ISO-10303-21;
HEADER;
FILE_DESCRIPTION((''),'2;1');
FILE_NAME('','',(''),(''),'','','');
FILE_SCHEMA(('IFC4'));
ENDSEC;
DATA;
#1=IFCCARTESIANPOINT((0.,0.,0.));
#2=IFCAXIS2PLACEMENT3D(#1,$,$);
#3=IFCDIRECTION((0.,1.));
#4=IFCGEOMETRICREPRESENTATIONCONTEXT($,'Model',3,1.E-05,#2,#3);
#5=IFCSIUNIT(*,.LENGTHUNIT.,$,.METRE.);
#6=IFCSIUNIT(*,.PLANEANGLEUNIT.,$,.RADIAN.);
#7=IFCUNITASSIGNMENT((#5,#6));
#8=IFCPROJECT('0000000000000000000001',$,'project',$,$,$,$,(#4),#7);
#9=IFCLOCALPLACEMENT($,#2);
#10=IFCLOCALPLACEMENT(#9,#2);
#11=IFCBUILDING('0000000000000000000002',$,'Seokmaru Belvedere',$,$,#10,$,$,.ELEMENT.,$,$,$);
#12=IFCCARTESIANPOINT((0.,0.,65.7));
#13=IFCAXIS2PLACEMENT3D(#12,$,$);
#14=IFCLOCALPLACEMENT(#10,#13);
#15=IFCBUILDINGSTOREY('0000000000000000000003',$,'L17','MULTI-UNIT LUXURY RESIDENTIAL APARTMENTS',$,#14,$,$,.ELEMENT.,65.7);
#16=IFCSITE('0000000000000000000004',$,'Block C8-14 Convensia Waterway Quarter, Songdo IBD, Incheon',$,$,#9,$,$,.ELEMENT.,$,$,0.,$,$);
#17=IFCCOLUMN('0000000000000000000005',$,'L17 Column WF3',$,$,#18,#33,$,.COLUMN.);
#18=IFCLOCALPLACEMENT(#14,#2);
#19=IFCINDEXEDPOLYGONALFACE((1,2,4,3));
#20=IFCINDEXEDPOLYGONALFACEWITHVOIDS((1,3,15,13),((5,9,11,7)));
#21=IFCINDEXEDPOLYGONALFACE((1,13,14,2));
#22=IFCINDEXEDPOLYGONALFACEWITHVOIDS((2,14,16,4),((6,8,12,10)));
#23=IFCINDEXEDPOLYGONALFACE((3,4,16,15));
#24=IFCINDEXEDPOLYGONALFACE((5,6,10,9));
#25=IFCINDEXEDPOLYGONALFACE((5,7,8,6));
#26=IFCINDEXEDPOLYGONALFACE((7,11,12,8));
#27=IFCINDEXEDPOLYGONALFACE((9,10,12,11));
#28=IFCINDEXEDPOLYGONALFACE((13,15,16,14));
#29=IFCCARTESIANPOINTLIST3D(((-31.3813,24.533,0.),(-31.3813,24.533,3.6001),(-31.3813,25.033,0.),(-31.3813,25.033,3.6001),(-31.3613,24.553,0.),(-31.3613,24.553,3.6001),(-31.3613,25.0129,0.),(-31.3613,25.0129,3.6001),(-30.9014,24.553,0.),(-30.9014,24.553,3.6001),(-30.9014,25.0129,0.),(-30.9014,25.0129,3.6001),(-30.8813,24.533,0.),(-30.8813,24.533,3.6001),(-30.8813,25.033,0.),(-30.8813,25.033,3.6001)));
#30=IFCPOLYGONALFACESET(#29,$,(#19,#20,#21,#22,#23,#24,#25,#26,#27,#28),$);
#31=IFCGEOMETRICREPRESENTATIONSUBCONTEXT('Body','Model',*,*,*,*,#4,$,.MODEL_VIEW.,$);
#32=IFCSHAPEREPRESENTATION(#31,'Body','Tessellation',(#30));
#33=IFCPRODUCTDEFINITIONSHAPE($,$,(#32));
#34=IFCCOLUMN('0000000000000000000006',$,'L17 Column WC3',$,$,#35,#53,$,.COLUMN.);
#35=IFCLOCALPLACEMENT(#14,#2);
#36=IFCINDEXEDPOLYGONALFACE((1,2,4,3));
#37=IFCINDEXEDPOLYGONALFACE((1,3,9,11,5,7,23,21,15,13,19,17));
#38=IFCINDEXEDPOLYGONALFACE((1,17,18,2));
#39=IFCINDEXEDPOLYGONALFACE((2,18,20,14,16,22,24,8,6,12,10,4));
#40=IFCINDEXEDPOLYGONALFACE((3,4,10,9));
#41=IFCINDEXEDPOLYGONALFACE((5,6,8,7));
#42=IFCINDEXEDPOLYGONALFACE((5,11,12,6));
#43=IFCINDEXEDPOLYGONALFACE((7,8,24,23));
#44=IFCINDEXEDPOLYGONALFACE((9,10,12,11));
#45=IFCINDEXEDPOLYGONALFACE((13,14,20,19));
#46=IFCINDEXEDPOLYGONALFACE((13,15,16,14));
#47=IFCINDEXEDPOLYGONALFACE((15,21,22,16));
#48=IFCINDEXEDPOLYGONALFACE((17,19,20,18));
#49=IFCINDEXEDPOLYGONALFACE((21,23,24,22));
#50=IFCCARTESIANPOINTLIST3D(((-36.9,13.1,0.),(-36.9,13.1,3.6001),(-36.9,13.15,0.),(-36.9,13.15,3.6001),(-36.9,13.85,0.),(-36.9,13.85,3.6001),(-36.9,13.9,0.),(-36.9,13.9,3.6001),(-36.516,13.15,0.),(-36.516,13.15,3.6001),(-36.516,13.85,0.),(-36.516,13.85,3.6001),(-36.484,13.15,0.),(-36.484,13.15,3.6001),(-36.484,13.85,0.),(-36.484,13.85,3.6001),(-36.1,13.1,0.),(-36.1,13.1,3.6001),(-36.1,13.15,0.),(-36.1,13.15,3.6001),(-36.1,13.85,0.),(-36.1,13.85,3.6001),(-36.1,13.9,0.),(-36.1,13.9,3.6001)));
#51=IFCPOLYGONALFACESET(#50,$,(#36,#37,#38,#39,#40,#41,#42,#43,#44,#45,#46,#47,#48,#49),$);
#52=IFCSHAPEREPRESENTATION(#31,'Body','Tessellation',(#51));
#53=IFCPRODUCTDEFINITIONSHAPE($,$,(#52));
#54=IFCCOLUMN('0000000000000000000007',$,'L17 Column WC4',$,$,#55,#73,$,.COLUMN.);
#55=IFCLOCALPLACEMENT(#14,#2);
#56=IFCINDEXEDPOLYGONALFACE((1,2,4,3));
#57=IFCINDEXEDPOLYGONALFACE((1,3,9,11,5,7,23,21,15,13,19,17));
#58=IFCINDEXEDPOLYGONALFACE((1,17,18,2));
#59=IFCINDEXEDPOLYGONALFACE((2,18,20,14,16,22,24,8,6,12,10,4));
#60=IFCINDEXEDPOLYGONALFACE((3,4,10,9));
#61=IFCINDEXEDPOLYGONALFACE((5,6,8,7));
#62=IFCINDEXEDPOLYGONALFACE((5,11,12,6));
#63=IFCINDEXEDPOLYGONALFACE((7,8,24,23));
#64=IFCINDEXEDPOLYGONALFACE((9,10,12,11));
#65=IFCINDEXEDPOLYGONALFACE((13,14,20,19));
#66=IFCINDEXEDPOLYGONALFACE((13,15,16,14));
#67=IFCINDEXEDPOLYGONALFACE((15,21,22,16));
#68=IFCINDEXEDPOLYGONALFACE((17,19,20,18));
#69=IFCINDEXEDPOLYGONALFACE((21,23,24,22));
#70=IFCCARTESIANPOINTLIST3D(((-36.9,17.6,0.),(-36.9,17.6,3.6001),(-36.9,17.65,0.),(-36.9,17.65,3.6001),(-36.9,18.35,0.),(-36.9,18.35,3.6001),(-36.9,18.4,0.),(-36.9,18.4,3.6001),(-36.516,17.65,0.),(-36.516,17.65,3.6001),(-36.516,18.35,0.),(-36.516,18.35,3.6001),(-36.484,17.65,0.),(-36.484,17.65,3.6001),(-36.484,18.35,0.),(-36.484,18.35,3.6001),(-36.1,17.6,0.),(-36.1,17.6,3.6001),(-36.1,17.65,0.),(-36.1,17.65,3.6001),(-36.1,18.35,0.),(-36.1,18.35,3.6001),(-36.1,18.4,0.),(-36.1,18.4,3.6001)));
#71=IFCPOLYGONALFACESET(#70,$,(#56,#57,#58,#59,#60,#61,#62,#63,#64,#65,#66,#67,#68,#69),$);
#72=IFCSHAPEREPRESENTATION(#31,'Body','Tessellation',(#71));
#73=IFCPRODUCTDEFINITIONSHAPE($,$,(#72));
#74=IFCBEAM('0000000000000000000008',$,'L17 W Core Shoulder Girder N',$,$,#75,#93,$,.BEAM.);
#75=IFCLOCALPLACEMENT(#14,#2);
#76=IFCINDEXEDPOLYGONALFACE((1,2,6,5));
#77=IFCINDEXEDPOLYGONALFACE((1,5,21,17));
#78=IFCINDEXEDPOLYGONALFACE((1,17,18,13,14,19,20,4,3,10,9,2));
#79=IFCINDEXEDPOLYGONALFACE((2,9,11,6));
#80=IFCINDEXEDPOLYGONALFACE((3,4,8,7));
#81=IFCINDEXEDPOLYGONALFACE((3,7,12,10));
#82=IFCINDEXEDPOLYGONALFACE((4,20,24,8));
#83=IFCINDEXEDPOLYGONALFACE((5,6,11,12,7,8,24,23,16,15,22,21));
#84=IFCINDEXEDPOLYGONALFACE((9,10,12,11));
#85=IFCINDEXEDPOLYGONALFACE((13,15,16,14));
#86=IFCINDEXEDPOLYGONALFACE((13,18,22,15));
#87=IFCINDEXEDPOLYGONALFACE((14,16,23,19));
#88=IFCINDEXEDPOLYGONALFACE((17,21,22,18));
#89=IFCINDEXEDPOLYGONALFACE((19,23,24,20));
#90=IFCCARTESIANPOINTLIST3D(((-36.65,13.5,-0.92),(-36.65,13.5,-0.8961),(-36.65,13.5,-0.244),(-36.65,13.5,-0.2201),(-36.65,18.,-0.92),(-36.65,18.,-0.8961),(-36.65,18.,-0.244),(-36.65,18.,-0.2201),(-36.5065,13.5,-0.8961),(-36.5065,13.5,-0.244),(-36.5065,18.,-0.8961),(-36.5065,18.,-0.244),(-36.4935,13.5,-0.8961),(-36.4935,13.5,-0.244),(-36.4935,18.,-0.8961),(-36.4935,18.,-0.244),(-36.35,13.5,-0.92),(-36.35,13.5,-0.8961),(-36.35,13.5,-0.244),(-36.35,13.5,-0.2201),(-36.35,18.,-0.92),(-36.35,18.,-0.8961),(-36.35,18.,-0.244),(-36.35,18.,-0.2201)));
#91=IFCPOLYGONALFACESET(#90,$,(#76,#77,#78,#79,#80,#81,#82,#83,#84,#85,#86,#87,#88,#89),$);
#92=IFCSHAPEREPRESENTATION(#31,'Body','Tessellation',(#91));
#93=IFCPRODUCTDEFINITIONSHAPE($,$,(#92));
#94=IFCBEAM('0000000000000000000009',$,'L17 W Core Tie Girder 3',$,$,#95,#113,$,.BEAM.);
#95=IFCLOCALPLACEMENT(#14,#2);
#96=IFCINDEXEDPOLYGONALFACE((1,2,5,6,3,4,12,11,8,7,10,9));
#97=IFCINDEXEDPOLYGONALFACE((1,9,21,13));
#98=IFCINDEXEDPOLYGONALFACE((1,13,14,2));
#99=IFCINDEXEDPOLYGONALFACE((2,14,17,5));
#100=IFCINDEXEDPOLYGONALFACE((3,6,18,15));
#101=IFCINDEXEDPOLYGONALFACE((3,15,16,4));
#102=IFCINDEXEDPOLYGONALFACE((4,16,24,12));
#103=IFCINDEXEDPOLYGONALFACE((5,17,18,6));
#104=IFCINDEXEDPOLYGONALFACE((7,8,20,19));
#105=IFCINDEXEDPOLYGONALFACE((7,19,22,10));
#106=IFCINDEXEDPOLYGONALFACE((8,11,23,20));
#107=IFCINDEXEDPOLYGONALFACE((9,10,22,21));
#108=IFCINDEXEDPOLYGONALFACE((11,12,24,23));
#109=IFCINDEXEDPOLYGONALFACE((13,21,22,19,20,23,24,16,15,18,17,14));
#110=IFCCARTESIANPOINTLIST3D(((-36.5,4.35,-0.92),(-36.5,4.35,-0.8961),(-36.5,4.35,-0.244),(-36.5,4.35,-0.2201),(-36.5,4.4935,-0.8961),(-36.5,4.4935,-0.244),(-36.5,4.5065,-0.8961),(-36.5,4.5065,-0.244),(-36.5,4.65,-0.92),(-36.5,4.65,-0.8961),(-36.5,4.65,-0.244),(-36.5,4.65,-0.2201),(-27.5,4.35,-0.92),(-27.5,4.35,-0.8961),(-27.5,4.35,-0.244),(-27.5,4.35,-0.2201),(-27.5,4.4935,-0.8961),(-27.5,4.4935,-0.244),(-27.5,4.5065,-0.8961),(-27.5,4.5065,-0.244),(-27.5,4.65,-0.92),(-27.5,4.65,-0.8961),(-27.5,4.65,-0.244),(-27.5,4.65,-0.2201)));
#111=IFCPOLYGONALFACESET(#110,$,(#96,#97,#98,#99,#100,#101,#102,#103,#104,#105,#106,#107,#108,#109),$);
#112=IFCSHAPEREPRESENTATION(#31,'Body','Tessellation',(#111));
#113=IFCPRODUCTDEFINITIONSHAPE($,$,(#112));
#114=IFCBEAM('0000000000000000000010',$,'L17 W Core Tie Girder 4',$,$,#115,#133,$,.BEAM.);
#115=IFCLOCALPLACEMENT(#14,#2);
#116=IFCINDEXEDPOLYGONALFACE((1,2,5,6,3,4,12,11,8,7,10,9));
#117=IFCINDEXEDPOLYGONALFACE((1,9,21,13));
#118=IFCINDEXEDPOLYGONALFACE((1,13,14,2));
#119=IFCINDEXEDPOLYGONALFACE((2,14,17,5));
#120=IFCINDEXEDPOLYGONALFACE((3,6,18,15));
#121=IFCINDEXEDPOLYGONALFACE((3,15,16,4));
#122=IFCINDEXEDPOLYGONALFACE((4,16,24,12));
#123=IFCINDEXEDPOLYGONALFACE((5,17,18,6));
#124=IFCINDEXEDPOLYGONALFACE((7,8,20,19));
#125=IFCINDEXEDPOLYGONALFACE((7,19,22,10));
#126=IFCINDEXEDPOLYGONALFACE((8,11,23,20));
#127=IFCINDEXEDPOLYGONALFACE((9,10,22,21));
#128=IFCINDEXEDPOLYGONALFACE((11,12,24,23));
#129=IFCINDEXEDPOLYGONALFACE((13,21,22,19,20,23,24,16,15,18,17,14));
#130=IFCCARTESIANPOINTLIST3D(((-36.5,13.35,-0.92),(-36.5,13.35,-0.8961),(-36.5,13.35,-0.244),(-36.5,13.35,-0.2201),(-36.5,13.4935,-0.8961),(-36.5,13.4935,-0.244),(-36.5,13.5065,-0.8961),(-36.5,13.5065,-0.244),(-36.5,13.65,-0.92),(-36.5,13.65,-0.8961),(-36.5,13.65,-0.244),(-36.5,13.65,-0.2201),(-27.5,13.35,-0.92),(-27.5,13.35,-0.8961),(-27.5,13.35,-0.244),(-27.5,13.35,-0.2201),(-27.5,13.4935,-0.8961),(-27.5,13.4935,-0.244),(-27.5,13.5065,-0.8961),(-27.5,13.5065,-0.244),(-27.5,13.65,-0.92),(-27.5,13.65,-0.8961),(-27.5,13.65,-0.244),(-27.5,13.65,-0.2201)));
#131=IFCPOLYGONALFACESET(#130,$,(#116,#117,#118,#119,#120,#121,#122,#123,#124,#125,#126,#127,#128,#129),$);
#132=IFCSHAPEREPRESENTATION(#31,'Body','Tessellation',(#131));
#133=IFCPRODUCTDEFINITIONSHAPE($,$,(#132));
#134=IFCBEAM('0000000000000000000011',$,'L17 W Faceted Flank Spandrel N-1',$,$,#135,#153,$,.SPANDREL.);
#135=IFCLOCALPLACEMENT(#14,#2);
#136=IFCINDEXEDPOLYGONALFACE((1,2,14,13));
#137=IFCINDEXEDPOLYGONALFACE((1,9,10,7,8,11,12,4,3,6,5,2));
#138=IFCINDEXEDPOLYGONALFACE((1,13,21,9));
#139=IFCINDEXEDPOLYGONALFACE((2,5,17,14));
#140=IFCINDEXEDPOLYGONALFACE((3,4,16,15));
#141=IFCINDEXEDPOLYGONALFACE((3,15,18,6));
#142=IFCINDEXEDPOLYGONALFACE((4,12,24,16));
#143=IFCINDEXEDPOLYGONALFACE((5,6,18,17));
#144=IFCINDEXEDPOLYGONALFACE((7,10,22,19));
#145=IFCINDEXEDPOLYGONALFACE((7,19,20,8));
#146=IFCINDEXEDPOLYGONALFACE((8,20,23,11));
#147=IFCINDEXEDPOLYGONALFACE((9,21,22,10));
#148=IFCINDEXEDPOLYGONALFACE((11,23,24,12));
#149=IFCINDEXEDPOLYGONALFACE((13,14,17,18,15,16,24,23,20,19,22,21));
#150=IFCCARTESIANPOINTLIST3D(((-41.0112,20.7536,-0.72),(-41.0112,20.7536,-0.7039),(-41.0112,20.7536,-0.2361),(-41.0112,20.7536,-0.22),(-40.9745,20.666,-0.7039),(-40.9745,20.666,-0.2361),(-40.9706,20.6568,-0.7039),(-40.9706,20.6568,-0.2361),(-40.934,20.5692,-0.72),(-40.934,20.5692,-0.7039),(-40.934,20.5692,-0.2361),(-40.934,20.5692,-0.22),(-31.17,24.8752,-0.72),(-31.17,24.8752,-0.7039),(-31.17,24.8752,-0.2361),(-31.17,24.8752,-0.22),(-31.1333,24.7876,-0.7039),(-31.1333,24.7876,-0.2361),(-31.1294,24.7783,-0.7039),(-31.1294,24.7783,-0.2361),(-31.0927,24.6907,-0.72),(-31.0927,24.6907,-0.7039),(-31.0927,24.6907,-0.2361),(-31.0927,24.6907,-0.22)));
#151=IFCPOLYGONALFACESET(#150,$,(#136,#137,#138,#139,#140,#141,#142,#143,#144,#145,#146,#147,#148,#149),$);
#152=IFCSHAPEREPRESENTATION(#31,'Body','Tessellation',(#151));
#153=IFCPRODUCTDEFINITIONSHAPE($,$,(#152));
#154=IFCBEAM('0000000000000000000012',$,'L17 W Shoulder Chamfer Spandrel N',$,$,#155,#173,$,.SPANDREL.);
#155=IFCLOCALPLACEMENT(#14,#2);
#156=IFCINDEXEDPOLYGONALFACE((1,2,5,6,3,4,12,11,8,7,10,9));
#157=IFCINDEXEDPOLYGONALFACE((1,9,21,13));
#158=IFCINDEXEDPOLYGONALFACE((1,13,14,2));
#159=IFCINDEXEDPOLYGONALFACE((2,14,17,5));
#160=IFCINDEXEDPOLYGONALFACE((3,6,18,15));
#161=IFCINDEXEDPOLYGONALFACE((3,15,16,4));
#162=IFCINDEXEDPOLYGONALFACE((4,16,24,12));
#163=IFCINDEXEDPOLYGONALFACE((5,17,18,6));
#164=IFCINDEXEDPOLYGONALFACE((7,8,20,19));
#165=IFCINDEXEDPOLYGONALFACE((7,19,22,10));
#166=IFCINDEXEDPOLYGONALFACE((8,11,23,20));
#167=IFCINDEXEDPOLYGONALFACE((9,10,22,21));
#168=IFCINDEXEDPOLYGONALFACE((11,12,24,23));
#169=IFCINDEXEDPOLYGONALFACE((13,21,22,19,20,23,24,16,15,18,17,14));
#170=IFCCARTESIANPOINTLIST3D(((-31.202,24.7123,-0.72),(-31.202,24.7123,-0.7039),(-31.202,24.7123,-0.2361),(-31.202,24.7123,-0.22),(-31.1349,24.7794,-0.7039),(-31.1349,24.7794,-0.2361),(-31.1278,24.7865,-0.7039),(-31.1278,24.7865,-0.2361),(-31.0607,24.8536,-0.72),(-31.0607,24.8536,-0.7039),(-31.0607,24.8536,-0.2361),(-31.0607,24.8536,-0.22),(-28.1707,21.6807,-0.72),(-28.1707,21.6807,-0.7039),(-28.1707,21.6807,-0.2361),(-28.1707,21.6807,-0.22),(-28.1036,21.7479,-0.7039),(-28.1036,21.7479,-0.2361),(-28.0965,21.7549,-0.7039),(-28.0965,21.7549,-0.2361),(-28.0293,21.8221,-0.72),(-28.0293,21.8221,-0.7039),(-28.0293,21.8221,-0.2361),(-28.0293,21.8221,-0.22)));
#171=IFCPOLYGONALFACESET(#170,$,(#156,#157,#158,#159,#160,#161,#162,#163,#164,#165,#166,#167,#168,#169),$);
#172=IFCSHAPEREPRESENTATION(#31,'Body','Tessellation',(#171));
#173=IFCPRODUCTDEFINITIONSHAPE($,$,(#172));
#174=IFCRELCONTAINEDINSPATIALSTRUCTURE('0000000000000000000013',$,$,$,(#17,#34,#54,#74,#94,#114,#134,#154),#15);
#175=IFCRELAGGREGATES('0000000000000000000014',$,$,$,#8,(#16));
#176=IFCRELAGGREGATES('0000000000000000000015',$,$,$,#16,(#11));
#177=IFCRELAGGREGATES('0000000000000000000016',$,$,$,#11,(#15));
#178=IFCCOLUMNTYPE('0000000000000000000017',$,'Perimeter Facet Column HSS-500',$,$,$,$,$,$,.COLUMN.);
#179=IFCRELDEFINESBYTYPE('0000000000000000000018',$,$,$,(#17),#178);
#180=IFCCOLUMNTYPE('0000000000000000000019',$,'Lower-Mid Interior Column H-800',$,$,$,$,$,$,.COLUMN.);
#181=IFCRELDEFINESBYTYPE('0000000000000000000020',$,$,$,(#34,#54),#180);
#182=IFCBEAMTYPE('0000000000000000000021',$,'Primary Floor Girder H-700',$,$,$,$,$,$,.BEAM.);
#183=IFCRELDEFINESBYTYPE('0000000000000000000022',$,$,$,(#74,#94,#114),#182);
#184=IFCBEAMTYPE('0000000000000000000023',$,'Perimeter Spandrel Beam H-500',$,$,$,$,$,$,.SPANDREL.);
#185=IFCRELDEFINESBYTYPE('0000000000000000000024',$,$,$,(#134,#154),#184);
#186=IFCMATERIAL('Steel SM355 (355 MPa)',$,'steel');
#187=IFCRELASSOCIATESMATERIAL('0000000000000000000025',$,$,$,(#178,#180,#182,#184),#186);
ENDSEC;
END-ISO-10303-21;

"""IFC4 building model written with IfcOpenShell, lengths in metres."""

from ifc_helpers import new_model, si_unit, direction, frame, origin, origin_2d, place, context, subcontext, project, spatial, hollow_rectangle, i_section, extrude, source, transform, mapped, material, material_profile, profile_set, type_object, type_shapes, element, save


model = new_model("IFC4")

# Units and contexts
model_context = context("Model", 3, precision=1e-05, world=origin(), true_north=direction((0.0, 1.0)))
body_context = subcontext(model_context, "Body", "Model", "MODEL_VIEW")
ifc_project = project(units=[si_unit("LENGTHUNIT", "METRE"), si_unit("PLANEANGLEUNIT", "RADIAN")], contexts=[model_context])

# Site, building, storey
site_placement = place(None, origin())
site = spatial("IfcSite", under=ifc_project, at=site_placement, Name="Block C8-14 Convensia Waterway Quarter, Songdo IBD, Incheon", CompositionType="ELEMENT", RefElevation=0.0)
building_placement = place(site_placement, origin())
building = spatial("IfcBuilding", under=site, at=building_placement, Name="Seokmaru Belvedere", CompositionType="ELEMENT")
storey_placement = place(building_placement, frame((0.0, 0.0, 65.7)))
storey = spatial("IfcBuildingStorey", under=building, at=storey_placement, Name="L17", Description="MULTI-UNIT LUXURY RESIDENTIAL APARTMENTS", CompositionType="ELEMENT", Elevation=65.7)

# Columns
ifc_material_1 = material(Name="Steel SM355 (355 MPa)", Category="steel")
ifc_material_profile_1 = material_profile(ifc_material_1, hollow_rectangle(XDim=0.5, YDim=0.5, WallThickness=0.02, at=origin_2d()), Name="HSS-500x500x20")
ifc_profile_set_1 = profile_set([ifc_material_profile_1], Name="Steel SM355 (355 MPa)")
column_type_1 = type_object("IfcColumnType", Name="Perimeter Facet Column HSS-500", PredefinedType="COLUMN", material=ifc_profile_set_1)
shared_shape_1 = source(origin(), body_context, "Body", "SweptSolid", [
    extrude(hollow_rectangle(XDim=0.5, YDim=0.5, WallThickness=0.02, at=origin_2d()), origin(), (0.0, 0.0, 1.0), 3.6001),
])
type_shapes(column_type_1, [shared_shape_1])
column_placement = place(storey_placement, frame((-31.1313, 24.783, 0.0), z_axis=(0.0, 0.0, 1.0), x_axis=(1.0, 0.0, 0.0)))
element("IfcColumn", 1, at=column_placement, inside=storey, type_object=column_type_1, Name="L17 Column WF3", PredefinedType="COLUMN", context=body_context, shape_type="MappedRepresentation", body=[
    mapped(shared_shape_1, transform((0.0, 0.0, 0.0), scale=1.0)),
])
ifc_material_profile_2 = material_profile(ifc_material_1, i_section(OverallWidth=0.8, OverallDepth=0.8, WebThickness=0.032, FlangeThickness=0.05, at=origin_2d()), Name="H-800x800x32x50")
ifc_profile_set_2 = profile_set([ifc_material_profile_2], Name="Steel SM355 (355 MPa)")
column_type_2 = type_object("IfcColumnType", Name="Lower-Mid Interior Column H-800", PredefinedType="COLUMN", material=ifc_profile_set_2)
shared_shape_2 = source(origin(), body_context, "Body", "SweptSolid", [
    extrude(i_section(OverallWidth=0.8, OverallDepth=0.8, WebThickness=0.032, FlangeThickness=0.05, at=origin_2d()), origin(), (0.0, 0.0, 1.0), 3.6001),
])
type_shapes(column_type_2, [shared_shape_2])
for number, where, z_axis, x_axis, name in (
    (2, (-36.5, 13.5, 0.0), (0.0, 0.0, 1.0), (1.0, 0.0, 0.0), "L17 Column WC3"),
    (3, (-36.5, 18.0, 0.0), (0.0, 0.0, 1.0), (1.0, 0.0, 0.0), "L17 Column WC4"),
):
    element("IfcColumn", number, at=place(storey_placement, frame(where, z_axis=z_axis, x_axis=x_axis)), inside=storey, type_object=column_type_2, Name=name, PredefinedType="COLUMN", context=body_context, shape_type="MappedRepresentation", body=[
        mapped(shared_shape_2, transform((0.0, 0.0, 0.0), scale=1.0)),
    ])

# Beams
ifc_material_profile_3 = material_profile(ifc_material_1, i_section(OverallWidth=0.3, OverallDepth=0.7, WebThickness=0.0129, FlangeThickness=0.0239, at=origin_2d()), Name="H-700x300x13x24")
ifc_profile_set_3 = profile_set([ifc_material_profile_3], Name="Steel SM355 (355 MPa)")
beam_type_1 = type_object("IfcBeamType", Name="Primary Floor Girder H-700", PredefinedType="BEAM", material=ifc_profile_set_3)
shared_shape_3 = source(origin(), body_context, "Body", "SweptSolid", [
    extrude(i_section(OverallWidth=0.3, OverallDepth=0.7, WebThickness=0.0129, FlangeThickness=0.0239, at=origin_2d()), origin(), (0.0, 0.0, 1.0), 4.5),
])
beam_1_placement = place(storey_placement, frame((-36.5, 13.5, -0.5701), z_axis=(0.0, 1.0, 0.0), x_axis=(-1.0, 0.0, 0.0)))
element("IfcBeam", 4, at=beam_1_placement, inside=storey, type_object=beam_type_1, Name="L17 W Core Shoulder Girder N", PredefinedType="BEAM", context=body_context, shape_type="MappedRepresentation", body=[
    mapped(shared_shape_3, transform((0.0, 0.0, 0.0), scale=1.0)),
])
shared_shape_4 = source(origin(), body_context, "Body", "SweptSolid", [
    extrude(i_section(OverallWidth=0.3, OverallDepth=0.7, WebThickness=0.0129, FlangeThickness=0.0239, at=origin_2d()), origin(), (0.0, 0.0, 1.0), 9.0),
])
type_shapes(beam_type_1, [shared_shape_3, shared_shape_4])
for number, where, z_axis, x_axis, name in (
    (5, (-36.5, 4.5, -0.5701), (1.0, 0.0, 0.0), (0.0, 1.0, 0.0), "L17 W Core Tie Girder 3"),
    (6, (-36.5, 13.5, -0.5701), (1.0, 0.0, 0.0), (0.0, 1.0, 0.0), "L17 W Core Tie Girder 4"),
):
    element("IfcBeam", number, at=place(storey_placement, frame(where, z_axis=z_axis, x_axis=x_axis)), inside=storey, type_object=beam_type_1, Name=name, PredefinedType="BEAM", context=body_context, shape_type="MappedRepresentation", body=[
        mapped(shared_shape_4, transform((0.0, 0.0, 0.0), scale=1.0)),
    ])
ifc_material_profile_4 = material_profile(ifc_material_1, i_section(OverallWidth=0.2, OverallDepth=0.5, WebThickness=0.01, FlangeThickness=0.0161, at=origin_2d()), Name="H-500x200x10x16")
ifc_profile_set_4 = profile_set([ifc_material_profile_4], Name="Steel SM355 (355 MPa)")
beam_type_2 = type_object("IfcBeamType", Name="Perimeter Spandrel Beam H-500", PredefinedType="SPANDREL", material=ifc_profile_set_4)
shared_shape_5 = source(origin(), body_context, "Body", "SweptSolid", [
    extrude(i_section(OverallWidth=0.2, OverallDepth=0.5, WebThickness=0.01, FlangeThickness=0.0161, at=origin_2d()), origin(), (0.0, 0.0, 1.0), 10.6694),
])
beam_2_placement = place(storey_placement, frame((-31.1313, 24.783, -0.47), z_axis=(-0.922375, -0.386295, 0.0), x_axis=(0.386295, -0.922375, 0.0)))
element("IfcBeam", 7, at=beam_2_placement, inside=storey, type_object=beam_type_2, Name="L17 W Faceted Flank Spandrel N-1", PredefinedType="SPANDREL", context=body_context, shape_type="MappedRepresentation", body=[
    mapped(shared_shape_5, transform((0.0, 0.0, 0.0), scale=1.0)),
])
shared_shape_6 = source(origin(), body_context, "Body", "SweptSolid", [
    extrude(i_section(OverallWidth=0.2, OverallDepth=0.5, WebThickness=0.01, FlangeThickness=0.0161, at=origin_2d()), origin(), (0.0, 0.0, 1.0), 4.2871),
])
type_shapes(beam_type_2, [shared_shape_5, shared_shape_6])
beam_3_placement = place(storey_placement, frame((-31.1313, 24.783, -0.47), z_axis=(0.707078, -0.707135, 0.0), x_axis=(0.707135, 0.707078, 0.0)))
element("IfcBeam", 8, at=beam_3_placement, inside=storey, type_object=beam_type_2, Name="L17 W Shoulder Chamfer Spandrel N", PredefinedType="SPANDREL", context=body_context, shape_type="MappedRepresentation", body=[
    mapped(shared_shape_6, transform((0.0, 0.0, 0.0), scale=1.0)),
])

save(model, "model.ifc")
